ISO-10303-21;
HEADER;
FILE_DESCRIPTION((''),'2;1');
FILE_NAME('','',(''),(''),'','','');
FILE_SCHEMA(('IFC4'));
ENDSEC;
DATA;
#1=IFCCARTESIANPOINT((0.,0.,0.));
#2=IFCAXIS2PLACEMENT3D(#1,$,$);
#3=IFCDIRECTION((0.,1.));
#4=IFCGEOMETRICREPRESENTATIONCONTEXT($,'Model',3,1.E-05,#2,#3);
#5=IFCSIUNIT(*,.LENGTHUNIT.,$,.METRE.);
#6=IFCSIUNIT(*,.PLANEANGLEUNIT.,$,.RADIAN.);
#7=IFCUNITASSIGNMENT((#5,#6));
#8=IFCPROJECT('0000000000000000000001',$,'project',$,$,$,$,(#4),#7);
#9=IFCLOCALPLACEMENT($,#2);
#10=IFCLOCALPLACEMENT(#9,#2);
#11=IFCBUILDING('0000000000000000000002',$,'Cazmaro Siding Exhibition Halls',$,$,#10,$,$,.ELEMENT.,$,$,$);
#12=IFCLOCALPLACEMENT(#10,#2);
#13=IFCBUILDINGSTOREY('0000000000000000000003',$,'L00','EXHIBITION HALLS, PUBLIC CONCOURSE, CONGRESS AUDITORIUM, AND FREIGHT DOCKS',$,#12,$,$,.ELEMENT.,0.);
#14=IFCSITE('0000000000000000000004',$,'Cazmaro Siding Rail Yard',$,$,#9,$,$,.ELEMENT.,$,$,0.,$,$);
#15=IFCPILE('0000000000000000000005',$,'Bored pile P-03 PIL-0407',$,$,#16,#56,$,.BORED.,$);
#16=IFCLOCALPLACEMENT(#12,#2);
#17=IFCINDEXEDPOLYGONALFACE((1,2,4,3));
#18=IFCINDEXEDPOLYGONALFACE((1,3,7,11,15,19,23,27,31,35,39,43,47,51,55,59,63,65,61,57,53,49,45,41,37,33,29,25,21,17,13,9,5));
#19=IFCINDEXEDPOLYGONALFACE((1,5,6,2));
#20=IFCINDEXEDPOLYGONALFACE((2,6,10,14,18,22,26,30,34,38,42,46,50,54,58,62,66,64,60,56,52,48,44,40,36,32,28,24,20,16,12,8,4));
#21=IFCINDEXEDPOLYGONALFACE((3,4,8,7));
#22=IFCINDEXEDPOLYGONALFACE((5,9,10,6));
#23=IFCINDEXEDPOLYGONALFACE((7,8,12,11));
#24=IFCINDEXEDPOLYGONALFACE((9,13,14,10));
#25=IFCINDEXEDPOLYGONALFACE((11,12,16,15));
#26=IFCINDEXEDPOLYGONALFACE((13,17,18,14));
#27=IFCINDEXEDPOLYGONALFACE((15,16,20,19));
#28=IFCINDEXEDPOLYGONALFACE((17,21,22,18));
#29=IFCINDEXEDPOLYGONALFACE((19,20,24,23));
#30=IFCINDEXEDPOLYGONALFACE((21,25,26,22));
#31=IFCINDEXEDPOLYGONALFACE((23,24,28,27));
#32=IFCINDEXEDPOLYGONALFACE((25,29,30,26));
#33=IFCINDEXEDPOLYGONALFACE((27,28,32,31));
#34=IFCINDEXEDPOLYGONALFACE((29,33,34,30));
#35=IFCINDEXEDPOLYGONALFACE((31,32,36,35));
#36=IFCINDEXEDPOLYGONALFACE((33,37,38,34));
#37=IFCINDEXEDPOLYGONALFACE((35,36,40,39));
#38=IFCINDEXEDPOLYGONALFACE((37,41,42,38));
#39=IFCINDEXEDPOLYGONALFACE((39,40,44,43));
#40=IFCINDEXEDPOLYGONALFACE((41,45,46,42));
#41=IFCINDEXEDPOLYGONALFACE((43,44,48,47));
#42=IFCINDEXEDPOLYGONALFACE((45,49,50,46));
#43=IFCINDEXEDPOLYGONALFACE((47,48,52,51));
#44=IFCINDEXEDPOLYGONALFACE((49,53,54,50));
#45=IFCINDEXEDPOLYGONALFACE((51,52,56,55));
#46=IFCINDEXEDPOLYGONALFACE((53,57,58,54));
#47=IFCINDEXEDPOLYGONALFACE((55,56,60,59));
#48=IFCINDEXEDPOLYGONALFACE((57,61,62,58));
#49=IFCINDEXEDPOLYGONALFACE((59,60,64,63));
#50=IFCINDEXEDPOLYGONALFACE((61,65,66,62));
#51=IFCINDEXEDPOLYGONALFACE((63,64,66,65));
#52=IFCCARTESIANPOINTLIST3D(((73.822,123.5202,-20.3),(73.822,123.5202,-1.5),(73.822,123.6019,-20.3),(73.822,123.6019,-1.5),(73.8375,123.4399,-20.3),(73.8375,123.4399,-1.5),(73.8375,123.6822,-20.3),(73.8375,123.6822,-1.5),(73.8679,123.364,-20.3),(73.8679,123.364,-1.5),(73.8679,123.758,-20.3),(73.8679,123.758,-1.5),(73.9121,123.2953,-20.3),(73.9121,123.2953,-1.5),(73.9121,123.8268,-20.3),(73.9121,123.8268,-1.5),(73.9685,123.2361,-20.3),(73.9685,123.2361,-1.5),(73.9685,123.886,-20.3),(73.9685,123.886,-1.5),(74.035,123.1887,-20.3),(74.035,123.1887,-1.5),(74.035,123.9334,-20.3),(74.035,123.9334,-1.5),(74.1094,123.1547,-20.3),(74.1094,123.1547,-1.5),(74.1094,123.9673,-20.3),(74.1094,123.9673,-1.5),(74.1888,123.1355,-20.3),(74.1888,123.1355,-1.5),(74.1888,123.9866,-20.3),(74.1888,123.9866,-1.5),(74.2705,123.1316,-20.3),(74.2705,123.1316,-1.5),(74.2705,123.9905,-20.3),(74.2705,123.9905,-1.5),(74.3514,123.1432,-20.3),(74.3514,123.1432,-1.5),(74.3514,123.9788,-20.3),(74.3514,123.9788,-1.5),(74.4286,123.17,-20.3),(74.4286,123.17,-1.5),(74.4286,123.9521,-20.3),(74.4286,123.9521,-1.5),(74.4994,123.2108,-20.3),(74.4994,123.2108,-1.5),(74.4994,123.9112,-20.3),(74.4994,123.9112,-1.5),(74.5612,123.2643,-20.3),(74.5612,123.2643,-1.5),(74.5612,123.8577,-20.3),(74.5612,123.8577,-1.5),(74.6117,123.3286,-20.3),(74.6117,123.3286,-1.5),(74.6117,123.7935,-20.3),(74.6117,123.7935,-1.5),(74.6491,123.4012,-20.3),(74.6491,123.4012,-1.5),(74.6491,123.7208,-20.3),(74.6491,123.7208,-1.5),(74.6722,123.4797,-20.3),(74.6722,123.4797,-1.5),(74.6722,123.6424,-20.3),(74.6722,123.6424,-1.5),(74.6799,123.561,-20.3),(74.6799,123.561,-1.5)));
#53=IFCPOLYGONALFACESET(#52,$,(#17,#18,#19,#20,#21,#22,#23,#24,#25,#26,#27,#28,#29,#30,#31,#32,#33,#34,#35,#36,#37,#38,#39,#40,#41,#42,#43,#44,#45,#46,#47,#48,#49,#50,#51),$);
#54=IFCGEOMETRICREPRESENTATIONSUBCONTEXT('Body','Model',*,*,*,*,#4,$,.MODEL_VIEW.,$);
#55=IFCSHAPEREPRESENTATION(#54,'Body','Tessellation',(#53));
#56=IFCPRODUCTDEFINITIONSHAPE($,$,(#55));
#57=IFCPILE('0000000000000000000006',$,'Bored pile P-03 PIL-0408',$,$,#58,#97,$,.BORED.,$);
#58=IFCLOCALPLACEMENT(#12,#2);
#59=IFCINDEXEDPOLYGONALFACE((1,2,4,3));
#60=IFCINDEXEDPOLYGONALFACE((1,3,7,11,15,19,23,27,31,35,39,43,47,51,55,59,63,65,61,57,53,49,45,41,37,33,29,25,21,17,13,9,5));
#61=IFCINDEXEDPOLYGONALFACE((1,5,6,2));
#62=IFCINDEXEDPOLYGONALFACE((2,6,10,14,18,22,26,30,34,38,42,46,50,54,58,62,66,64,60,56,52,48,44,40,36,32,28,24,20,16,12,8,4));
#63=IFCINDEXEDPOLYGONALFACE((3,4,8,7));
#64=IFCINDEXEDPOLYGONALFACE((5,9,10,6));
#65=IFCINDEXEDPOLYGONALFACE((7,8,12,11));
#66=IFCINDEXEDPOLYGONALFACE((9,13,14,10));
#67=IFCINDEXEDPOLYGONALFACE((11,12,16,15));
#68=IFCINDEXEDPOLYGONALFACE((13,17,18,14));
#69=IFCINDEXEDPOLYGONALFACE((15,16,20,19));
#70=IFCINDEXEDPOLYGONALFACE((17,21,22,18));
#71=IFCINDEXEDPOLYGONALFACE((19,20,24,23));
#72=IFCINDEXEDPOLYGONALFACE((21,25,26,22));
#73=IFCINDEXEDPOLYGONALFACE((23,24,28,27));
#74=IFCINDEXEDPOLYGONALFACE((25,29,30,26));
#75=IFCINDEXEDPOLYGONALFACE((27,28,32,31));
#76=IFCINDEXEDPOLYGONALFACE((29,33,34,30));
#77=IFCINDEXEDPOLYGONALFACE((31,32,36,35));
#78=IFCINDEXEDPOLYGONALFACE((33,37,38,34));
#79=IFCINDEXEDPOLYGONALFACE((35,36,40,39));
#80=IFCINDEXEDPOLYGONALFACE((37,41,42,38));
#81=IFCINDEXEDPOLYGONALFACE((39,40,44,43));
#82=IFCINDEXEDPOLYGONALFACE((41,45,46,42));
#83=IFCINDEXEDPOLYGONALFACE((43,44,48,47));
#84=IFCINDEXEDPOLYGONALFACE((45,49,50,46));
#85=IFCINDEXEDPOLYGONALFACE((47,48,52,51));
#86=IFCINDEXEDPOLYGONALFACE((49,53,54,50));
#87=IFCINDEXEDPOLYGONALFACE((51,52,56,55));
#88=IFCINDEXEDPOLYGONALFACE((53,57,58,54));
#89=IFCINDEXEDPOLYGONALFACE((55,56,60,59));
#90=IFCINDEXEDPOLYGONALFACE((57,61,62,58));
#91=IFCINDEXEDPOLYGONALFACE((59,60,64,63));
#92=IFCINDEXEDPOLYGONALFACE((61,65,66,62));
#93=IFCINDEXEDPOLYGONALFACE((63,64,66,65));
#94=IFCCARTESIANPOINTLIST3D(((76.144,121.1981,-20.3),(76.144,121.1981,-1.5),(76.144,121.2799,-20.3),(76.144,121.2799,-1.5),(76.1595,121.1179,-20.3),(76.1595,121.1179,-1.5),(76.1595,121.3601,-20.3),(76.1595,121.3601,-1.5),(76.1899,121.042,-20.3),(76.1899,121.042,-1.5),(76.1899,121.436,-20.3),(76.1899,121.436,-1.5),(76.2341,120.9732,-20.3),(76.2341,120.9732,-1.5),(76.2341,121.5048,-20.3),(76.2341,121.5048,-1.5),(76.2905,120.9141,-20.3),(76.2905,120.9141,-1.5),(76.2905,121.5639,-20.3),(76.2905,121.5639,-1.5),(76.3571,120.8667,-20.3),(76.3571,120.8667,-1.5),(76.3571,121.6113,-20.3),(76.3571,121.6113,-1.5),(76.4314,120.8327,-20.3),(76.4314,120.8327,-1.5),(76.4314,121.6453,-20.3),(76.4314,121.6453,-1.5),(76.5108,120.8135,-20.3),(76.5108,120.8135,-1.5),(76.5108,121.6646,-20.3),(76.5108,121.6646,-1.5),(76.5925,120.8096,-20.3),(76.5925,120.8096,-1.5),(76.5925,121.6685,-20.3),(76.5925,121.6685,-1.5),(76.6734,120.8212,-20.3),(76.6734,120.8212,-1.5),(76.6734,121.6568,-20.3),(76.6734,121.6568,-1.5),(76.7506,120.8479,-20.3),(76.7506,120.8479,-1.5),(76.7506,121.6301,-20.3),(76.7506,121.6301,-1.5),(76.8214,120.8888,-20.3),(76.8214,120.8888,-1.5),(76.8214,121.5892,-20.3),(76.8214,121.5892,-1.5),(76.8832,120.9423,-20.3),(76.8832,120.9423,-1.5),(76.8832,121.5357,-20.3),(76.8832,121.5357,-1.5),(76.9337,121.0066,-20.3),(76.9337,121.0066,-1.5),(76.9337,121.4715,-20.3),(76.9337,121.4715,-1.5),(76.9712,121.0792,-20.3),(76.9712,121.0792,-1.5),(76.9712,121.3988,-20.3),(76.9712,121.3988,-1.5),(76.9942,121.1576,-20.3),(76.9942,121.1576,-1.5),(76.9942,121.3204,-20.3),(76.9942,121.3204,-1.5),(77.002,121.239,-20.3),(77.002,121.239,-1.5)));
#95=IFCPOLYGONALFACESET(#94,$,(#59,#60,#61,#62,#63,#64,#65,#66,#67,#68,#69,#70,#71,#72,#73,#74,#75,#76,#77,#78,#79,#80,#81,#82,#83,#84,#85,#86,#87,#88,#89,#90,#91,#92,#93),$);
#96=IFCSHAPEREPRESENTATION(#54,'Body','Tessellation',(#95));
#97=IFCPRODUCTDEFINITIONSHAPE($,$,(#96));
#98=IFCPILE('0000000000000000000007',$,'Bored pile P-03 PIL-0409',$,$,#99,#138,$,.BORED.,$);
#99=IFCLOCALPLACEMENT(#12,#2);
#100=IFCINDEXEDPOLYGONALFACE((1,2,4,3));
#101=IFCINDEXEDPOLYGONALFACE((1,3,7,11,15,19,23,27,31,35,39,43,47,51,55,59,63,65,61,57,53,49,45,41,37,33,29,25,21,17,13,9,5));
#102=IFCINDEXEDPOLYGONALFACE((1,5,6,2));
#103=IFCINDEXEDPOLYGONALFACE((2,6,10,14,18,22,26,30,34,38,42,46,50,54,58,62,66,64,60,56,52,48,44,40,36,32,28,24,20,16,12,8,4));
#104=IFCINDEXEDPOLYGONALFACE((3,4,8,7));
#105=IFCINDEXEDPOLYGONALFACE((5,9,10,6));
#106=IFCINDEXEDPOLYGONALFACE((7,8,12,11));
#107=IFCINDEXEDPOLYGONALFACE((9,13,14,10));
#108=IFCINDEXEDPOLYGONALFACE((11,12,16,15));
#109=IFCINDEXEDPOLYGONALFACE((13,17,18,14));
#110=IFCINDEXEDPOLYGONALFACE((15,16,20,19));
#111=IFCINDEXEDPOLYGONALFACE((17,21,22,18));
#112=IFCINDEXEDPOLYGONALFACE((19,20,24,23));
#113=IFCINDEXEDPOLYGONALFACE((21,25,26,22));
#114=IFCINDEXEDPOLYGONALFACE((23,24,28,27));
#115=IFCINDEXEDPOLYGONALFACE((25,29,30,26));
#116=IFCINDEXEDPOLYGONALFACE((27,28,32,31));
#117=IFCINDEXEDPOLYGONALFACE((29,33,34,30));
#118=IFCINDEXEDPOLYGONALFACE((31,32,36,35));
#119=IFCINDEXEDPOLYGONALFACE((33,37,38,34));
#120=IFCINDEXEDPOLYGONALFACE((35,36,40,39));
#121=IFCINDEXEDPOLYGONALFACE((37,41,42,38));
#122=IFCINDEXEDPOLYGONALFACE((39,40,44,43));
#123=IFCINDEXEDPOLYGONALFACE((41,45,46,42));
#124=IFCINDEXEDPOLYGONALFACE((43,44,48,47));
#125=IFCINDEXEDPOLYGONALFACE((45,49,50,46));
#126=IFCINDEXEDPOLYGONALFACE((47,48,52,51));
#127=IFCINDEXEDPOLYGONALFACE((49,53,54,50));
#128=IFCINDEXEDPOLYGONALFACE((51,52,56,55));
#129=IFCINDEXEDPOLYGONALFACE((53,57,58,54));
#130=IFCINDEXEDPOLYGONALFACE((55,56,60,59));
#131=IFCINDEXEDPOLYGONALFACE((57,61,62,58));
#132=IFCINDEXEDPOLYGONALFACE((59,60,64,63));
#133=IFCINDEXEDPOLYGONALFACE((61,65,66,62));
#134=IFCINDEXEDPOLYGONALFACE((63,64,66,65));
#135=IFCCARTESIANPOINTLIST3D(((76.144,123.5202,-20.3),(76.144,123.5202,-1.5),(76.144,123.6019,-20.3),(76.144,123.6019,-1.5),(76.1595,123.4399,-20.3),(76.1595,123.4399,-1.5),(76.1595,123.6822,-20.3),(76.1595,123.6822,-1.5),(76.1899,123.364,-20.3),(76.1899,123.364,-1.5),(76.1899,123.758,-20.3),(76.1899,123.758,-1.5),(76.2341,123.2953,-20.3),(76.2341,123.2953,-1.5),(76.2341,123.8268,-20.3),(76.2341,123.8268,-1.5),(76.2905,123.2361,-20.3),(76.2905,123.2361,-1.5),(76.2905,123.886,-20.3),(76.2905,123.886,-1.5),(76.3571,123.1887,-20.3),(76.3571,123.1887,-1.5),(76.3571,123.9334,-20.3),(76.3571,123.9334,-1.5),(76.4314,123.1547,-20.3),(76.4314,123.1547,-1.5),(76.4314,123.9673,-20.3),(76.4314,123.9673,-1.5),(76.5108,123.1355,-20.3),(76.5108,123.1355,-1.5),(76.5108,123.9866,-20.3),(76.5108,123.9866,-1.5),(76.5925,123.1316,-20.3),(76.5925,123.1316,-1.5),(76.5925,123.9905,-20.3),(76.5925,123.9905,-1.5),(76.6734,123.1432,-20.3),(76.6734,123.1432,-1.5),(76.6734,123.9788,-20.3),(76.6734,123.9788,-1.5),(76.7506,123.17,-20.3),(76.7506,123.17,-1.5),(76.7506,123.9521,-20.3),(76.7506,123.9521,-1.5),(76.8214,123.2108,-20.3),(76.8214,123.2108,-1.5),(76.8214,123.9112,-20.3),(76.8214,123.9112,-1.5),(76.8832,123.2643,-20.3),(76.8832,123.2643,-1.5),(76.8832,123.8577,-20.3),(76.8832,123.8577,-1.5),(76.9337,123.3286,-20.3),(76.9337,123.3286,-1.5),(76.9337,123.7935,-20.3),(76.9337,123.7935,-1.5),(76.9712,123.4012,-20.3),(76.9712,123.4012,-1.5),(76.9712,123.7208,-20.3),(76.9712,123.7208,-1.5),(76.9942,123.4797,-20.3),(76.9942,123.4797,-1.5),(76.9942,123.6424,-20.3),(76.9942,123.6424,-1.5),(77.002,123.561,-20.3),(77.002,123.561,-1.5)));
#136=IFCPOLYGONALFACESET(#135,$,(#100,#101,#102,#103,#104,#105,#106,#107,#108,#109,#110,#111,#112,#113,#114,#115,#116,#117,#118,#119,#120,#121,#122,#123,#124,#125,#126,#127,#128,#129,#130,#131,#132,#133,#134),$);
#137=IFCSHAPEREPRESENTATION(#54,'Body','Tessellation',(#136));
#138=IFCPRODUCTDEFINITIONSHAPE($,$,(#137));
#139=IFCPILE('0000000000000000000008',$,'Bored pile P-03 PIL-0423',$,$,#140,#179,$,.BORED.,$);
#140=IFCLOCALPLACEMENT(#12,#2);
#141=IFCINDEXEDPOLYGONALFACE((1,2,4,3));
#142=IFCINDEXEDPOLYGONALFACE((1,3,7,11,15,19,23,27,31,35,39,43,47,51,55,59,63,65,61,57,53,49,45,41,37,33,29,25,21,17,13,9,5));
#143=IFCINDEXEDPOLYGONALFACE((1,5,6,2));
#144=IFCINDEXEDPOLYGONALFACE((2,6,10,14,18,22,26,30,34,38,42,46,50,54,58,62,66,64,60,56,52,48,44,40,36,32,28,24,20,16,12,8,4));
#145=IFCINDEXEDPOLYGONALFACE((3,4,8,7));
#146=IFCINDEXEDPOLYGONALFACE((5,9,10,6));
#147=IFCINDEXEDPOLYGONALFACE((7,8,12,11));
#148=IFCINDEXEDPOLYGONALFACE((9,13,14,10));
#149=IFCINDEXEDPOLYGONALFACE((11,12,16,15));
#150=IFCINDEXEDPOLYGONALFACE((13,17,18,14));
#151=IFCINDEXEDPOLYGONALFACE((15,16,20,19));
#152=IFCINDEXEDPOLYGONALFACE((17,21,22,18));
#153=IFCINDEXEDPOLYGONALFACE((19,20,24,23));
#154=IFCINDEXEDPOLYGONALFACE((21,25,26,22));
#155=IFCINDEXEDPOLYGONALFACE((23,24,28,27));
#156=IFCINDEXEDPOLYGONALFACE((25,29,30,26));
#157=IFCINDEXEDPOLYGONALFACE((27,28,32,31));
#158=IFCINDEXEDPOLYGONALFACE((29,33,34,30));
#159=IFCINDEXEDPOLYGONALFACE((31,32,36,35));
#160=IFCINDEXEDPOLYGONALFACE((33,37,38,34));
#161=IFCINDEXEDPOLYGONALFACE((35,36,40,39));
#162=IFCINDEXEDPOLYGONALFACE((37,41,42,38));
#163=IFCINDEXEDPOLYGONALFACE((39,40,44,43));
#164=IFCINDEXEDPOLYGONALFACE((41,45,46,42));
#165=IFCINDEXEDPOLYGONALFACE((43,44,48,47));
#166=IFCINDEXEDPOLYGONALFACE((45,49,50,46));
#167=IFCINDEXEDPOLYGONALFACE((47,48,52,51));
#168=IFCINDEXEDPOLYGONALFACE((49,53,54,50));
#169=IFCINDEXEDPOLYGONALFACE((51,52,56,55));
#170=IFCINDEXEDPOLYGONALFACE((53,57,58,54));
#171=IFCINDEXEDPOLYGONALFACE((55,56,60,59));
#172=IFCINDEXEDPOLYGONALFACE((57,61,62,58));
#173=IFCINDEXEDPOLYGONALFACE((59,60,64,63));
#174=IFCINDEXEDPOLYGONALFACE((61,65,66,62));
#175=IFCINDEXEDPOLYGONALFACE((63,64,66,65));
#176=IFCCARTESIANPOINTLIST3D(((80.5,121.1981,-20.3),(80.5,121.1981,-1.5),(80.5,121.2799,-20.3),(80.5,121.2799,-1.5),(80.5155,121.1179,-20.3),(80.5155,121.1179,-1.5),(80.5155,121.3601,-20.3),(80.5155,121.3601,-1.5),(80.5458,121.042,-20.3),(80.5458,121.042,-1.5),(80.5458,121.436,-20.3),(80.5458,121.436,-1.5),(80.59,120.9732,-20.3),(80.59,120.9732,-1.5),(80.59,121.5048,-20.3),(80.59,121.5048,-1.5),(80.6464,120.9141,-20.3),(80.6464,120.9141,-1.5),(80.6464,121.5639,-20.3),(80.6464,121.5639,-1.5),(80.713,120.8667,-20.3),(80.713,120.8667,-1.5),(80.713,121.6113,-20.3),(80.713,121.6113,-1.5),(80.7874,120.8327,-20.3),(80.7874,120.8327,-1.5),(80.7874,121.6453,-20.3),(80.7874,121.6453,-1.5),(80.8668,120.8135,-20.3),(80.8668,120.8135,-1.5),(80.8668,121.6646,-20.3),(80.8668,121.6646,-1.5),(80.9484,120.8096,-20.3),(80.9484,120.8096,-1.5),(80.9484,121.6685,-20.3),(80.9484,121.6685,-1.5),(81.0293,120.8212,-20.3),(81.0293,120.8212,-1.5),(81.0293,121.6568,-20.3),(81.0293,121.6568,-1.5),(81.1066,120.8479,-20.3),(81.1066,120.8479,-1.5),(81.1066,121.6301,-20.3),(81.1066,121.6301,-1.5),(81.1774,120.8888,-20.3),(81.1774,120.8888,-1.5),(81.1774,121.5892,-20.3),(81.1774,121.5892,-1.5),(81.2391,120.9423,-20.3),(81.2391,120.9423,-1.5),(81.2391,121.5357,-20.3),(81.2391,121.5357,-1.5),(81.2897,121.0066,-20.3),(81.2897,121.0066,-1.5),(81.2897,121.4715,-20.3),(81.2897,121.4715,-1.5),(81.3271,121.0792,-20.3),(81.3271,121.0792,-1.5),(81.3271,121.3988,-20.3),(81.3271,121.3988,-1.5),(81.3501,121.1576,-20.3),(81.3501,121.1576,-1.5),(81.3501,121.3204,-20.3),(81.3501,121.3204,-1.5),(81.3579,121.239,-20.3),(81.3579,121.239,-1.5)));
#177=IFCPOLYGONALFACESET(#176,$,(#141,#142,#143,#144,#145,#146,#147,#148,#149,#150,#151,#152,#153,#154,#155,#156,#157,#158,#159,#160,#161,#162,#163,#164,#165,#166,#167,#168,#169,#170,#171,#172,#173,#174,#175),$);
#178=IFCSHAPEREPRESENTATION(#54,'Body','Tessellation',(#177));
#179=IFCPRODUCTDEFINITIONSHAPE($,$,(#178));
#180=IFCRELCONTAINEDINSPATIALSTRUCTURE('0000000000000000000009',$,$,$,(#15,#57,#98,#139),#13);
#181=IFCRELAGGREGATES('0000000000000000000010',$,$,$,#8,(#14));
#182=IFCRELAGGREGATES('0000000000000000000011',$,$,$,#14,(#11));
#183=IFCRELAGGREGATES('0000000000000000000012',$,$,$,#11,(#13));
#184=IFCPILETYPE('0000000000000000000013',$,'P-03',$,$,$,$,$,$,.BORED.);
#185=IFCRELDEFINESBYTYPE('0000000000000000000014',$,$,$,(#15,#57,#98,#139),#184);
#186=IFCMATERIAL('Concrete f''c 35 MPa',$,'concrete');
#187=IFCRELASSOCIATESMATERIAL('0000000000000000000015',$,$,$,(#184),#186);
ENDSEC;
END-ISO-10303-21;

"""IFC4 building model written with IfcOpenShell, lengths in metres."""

from ifc_helpers import new_model, si_unit, direction, frame, origin, origin_2d, place, context, subcontext, project, spatial, circle, extrude, material, material_profile, profile_set, type_object, element, save


model = new_model("IFC4")

# Units and contexts
model_context = context("Model", 3, precision=1e-05, world=origin(), true_north=direction((0.0, 1.0)))
body_context = subcontext(model_context, "Body", "Model", "MODEL_VIEW")
ifc_project = project(units=[si_unit("LENGTHUNIT", "METRE"), si_unit("PLANEANGLEUNIT", "RADIAN")], contexts=[model_context])

# Site, building, storey
site_placement = place(None, origin())
site = spatial("IfcSite", under=ifc_project, at=site_placement, Name="Cazmaro Siding Rail Yard", CompositionType="ELEMENT", RefElevation=0.0)
building_placement = place(site_placement, origin())
building = spatial("IfcBuilding", under=site, at=building_placement, Name="Cazmaro Siding Exhibition Halls", CompositionType="ELEMENT")
storey_placement = place(building_placement, origin())
storey = spatial("IfcBuildingStorey", under=building, at=storey_placement, Name="L00", Description="EXHIBITION HALLS, PUBLIC CONCOURSE, CONGRESS AUDITORIUM, AND FREIGHT DOCKS", CompositionType="ELEMENT", Elevation=0.0)

# Piles
ifc_material_1 = material(Name="Concrete f'c 35 MPa", Category="concrete")
ifc_material_profile_1 = material_profile(ifc_material_1, circle(Radius=0.4299, at=origin_2d()), Name="CIDH-860")
ifc_profile_set_1 = profile_set([ifc_material_profile_1], Name="Concrete f'c 35 MPa")
pile_type = type_object("IfcPileType", Name="P-03", PredefinedType="BORED", material=ifc_profile_set_1)
for number, where, z_axis, x_axis, name in (
    (1, (74.25, 123.561, -1.5), (0.0, 0.0, -1.0), (1.0, 0.0, 0.0), "Bored pile P-03 PIL-0407"),
    (2, (76.572, 121.239, -1.5), (0.0, 0.0, -1.0), (1.0, 0.0, 0.0), "Bored pile P-03 PIL-0408"),
    (3, (76.572, 123.561, -1.5), (0.0, 0.0, -1.0), (1.0, 0.0, 0.0), "Bored pile P-03 PIL-0409"),
    (4, (80.928, 121.239, -1.5), (0.0, 0.0, -1.0), (1.0, 0.0, 0.0), "Bored pile P-03 PIL-0423"),
):
    element("IfcPile", number, at=place(storey_placement, frame(where, z_axis=z_axis, x_axis=x_axis)), inside=storey, type_object=pile_type, Name=name, PredefinedType="BORED", context=body_context, shape_type="SweptSolid", body=[
        extrude(circle(Radius=0.4299, at=origin_2d()), origin(), (0.0, 0.0, 1.0), 18.8),
    ])

save(model, "model.ifc")
